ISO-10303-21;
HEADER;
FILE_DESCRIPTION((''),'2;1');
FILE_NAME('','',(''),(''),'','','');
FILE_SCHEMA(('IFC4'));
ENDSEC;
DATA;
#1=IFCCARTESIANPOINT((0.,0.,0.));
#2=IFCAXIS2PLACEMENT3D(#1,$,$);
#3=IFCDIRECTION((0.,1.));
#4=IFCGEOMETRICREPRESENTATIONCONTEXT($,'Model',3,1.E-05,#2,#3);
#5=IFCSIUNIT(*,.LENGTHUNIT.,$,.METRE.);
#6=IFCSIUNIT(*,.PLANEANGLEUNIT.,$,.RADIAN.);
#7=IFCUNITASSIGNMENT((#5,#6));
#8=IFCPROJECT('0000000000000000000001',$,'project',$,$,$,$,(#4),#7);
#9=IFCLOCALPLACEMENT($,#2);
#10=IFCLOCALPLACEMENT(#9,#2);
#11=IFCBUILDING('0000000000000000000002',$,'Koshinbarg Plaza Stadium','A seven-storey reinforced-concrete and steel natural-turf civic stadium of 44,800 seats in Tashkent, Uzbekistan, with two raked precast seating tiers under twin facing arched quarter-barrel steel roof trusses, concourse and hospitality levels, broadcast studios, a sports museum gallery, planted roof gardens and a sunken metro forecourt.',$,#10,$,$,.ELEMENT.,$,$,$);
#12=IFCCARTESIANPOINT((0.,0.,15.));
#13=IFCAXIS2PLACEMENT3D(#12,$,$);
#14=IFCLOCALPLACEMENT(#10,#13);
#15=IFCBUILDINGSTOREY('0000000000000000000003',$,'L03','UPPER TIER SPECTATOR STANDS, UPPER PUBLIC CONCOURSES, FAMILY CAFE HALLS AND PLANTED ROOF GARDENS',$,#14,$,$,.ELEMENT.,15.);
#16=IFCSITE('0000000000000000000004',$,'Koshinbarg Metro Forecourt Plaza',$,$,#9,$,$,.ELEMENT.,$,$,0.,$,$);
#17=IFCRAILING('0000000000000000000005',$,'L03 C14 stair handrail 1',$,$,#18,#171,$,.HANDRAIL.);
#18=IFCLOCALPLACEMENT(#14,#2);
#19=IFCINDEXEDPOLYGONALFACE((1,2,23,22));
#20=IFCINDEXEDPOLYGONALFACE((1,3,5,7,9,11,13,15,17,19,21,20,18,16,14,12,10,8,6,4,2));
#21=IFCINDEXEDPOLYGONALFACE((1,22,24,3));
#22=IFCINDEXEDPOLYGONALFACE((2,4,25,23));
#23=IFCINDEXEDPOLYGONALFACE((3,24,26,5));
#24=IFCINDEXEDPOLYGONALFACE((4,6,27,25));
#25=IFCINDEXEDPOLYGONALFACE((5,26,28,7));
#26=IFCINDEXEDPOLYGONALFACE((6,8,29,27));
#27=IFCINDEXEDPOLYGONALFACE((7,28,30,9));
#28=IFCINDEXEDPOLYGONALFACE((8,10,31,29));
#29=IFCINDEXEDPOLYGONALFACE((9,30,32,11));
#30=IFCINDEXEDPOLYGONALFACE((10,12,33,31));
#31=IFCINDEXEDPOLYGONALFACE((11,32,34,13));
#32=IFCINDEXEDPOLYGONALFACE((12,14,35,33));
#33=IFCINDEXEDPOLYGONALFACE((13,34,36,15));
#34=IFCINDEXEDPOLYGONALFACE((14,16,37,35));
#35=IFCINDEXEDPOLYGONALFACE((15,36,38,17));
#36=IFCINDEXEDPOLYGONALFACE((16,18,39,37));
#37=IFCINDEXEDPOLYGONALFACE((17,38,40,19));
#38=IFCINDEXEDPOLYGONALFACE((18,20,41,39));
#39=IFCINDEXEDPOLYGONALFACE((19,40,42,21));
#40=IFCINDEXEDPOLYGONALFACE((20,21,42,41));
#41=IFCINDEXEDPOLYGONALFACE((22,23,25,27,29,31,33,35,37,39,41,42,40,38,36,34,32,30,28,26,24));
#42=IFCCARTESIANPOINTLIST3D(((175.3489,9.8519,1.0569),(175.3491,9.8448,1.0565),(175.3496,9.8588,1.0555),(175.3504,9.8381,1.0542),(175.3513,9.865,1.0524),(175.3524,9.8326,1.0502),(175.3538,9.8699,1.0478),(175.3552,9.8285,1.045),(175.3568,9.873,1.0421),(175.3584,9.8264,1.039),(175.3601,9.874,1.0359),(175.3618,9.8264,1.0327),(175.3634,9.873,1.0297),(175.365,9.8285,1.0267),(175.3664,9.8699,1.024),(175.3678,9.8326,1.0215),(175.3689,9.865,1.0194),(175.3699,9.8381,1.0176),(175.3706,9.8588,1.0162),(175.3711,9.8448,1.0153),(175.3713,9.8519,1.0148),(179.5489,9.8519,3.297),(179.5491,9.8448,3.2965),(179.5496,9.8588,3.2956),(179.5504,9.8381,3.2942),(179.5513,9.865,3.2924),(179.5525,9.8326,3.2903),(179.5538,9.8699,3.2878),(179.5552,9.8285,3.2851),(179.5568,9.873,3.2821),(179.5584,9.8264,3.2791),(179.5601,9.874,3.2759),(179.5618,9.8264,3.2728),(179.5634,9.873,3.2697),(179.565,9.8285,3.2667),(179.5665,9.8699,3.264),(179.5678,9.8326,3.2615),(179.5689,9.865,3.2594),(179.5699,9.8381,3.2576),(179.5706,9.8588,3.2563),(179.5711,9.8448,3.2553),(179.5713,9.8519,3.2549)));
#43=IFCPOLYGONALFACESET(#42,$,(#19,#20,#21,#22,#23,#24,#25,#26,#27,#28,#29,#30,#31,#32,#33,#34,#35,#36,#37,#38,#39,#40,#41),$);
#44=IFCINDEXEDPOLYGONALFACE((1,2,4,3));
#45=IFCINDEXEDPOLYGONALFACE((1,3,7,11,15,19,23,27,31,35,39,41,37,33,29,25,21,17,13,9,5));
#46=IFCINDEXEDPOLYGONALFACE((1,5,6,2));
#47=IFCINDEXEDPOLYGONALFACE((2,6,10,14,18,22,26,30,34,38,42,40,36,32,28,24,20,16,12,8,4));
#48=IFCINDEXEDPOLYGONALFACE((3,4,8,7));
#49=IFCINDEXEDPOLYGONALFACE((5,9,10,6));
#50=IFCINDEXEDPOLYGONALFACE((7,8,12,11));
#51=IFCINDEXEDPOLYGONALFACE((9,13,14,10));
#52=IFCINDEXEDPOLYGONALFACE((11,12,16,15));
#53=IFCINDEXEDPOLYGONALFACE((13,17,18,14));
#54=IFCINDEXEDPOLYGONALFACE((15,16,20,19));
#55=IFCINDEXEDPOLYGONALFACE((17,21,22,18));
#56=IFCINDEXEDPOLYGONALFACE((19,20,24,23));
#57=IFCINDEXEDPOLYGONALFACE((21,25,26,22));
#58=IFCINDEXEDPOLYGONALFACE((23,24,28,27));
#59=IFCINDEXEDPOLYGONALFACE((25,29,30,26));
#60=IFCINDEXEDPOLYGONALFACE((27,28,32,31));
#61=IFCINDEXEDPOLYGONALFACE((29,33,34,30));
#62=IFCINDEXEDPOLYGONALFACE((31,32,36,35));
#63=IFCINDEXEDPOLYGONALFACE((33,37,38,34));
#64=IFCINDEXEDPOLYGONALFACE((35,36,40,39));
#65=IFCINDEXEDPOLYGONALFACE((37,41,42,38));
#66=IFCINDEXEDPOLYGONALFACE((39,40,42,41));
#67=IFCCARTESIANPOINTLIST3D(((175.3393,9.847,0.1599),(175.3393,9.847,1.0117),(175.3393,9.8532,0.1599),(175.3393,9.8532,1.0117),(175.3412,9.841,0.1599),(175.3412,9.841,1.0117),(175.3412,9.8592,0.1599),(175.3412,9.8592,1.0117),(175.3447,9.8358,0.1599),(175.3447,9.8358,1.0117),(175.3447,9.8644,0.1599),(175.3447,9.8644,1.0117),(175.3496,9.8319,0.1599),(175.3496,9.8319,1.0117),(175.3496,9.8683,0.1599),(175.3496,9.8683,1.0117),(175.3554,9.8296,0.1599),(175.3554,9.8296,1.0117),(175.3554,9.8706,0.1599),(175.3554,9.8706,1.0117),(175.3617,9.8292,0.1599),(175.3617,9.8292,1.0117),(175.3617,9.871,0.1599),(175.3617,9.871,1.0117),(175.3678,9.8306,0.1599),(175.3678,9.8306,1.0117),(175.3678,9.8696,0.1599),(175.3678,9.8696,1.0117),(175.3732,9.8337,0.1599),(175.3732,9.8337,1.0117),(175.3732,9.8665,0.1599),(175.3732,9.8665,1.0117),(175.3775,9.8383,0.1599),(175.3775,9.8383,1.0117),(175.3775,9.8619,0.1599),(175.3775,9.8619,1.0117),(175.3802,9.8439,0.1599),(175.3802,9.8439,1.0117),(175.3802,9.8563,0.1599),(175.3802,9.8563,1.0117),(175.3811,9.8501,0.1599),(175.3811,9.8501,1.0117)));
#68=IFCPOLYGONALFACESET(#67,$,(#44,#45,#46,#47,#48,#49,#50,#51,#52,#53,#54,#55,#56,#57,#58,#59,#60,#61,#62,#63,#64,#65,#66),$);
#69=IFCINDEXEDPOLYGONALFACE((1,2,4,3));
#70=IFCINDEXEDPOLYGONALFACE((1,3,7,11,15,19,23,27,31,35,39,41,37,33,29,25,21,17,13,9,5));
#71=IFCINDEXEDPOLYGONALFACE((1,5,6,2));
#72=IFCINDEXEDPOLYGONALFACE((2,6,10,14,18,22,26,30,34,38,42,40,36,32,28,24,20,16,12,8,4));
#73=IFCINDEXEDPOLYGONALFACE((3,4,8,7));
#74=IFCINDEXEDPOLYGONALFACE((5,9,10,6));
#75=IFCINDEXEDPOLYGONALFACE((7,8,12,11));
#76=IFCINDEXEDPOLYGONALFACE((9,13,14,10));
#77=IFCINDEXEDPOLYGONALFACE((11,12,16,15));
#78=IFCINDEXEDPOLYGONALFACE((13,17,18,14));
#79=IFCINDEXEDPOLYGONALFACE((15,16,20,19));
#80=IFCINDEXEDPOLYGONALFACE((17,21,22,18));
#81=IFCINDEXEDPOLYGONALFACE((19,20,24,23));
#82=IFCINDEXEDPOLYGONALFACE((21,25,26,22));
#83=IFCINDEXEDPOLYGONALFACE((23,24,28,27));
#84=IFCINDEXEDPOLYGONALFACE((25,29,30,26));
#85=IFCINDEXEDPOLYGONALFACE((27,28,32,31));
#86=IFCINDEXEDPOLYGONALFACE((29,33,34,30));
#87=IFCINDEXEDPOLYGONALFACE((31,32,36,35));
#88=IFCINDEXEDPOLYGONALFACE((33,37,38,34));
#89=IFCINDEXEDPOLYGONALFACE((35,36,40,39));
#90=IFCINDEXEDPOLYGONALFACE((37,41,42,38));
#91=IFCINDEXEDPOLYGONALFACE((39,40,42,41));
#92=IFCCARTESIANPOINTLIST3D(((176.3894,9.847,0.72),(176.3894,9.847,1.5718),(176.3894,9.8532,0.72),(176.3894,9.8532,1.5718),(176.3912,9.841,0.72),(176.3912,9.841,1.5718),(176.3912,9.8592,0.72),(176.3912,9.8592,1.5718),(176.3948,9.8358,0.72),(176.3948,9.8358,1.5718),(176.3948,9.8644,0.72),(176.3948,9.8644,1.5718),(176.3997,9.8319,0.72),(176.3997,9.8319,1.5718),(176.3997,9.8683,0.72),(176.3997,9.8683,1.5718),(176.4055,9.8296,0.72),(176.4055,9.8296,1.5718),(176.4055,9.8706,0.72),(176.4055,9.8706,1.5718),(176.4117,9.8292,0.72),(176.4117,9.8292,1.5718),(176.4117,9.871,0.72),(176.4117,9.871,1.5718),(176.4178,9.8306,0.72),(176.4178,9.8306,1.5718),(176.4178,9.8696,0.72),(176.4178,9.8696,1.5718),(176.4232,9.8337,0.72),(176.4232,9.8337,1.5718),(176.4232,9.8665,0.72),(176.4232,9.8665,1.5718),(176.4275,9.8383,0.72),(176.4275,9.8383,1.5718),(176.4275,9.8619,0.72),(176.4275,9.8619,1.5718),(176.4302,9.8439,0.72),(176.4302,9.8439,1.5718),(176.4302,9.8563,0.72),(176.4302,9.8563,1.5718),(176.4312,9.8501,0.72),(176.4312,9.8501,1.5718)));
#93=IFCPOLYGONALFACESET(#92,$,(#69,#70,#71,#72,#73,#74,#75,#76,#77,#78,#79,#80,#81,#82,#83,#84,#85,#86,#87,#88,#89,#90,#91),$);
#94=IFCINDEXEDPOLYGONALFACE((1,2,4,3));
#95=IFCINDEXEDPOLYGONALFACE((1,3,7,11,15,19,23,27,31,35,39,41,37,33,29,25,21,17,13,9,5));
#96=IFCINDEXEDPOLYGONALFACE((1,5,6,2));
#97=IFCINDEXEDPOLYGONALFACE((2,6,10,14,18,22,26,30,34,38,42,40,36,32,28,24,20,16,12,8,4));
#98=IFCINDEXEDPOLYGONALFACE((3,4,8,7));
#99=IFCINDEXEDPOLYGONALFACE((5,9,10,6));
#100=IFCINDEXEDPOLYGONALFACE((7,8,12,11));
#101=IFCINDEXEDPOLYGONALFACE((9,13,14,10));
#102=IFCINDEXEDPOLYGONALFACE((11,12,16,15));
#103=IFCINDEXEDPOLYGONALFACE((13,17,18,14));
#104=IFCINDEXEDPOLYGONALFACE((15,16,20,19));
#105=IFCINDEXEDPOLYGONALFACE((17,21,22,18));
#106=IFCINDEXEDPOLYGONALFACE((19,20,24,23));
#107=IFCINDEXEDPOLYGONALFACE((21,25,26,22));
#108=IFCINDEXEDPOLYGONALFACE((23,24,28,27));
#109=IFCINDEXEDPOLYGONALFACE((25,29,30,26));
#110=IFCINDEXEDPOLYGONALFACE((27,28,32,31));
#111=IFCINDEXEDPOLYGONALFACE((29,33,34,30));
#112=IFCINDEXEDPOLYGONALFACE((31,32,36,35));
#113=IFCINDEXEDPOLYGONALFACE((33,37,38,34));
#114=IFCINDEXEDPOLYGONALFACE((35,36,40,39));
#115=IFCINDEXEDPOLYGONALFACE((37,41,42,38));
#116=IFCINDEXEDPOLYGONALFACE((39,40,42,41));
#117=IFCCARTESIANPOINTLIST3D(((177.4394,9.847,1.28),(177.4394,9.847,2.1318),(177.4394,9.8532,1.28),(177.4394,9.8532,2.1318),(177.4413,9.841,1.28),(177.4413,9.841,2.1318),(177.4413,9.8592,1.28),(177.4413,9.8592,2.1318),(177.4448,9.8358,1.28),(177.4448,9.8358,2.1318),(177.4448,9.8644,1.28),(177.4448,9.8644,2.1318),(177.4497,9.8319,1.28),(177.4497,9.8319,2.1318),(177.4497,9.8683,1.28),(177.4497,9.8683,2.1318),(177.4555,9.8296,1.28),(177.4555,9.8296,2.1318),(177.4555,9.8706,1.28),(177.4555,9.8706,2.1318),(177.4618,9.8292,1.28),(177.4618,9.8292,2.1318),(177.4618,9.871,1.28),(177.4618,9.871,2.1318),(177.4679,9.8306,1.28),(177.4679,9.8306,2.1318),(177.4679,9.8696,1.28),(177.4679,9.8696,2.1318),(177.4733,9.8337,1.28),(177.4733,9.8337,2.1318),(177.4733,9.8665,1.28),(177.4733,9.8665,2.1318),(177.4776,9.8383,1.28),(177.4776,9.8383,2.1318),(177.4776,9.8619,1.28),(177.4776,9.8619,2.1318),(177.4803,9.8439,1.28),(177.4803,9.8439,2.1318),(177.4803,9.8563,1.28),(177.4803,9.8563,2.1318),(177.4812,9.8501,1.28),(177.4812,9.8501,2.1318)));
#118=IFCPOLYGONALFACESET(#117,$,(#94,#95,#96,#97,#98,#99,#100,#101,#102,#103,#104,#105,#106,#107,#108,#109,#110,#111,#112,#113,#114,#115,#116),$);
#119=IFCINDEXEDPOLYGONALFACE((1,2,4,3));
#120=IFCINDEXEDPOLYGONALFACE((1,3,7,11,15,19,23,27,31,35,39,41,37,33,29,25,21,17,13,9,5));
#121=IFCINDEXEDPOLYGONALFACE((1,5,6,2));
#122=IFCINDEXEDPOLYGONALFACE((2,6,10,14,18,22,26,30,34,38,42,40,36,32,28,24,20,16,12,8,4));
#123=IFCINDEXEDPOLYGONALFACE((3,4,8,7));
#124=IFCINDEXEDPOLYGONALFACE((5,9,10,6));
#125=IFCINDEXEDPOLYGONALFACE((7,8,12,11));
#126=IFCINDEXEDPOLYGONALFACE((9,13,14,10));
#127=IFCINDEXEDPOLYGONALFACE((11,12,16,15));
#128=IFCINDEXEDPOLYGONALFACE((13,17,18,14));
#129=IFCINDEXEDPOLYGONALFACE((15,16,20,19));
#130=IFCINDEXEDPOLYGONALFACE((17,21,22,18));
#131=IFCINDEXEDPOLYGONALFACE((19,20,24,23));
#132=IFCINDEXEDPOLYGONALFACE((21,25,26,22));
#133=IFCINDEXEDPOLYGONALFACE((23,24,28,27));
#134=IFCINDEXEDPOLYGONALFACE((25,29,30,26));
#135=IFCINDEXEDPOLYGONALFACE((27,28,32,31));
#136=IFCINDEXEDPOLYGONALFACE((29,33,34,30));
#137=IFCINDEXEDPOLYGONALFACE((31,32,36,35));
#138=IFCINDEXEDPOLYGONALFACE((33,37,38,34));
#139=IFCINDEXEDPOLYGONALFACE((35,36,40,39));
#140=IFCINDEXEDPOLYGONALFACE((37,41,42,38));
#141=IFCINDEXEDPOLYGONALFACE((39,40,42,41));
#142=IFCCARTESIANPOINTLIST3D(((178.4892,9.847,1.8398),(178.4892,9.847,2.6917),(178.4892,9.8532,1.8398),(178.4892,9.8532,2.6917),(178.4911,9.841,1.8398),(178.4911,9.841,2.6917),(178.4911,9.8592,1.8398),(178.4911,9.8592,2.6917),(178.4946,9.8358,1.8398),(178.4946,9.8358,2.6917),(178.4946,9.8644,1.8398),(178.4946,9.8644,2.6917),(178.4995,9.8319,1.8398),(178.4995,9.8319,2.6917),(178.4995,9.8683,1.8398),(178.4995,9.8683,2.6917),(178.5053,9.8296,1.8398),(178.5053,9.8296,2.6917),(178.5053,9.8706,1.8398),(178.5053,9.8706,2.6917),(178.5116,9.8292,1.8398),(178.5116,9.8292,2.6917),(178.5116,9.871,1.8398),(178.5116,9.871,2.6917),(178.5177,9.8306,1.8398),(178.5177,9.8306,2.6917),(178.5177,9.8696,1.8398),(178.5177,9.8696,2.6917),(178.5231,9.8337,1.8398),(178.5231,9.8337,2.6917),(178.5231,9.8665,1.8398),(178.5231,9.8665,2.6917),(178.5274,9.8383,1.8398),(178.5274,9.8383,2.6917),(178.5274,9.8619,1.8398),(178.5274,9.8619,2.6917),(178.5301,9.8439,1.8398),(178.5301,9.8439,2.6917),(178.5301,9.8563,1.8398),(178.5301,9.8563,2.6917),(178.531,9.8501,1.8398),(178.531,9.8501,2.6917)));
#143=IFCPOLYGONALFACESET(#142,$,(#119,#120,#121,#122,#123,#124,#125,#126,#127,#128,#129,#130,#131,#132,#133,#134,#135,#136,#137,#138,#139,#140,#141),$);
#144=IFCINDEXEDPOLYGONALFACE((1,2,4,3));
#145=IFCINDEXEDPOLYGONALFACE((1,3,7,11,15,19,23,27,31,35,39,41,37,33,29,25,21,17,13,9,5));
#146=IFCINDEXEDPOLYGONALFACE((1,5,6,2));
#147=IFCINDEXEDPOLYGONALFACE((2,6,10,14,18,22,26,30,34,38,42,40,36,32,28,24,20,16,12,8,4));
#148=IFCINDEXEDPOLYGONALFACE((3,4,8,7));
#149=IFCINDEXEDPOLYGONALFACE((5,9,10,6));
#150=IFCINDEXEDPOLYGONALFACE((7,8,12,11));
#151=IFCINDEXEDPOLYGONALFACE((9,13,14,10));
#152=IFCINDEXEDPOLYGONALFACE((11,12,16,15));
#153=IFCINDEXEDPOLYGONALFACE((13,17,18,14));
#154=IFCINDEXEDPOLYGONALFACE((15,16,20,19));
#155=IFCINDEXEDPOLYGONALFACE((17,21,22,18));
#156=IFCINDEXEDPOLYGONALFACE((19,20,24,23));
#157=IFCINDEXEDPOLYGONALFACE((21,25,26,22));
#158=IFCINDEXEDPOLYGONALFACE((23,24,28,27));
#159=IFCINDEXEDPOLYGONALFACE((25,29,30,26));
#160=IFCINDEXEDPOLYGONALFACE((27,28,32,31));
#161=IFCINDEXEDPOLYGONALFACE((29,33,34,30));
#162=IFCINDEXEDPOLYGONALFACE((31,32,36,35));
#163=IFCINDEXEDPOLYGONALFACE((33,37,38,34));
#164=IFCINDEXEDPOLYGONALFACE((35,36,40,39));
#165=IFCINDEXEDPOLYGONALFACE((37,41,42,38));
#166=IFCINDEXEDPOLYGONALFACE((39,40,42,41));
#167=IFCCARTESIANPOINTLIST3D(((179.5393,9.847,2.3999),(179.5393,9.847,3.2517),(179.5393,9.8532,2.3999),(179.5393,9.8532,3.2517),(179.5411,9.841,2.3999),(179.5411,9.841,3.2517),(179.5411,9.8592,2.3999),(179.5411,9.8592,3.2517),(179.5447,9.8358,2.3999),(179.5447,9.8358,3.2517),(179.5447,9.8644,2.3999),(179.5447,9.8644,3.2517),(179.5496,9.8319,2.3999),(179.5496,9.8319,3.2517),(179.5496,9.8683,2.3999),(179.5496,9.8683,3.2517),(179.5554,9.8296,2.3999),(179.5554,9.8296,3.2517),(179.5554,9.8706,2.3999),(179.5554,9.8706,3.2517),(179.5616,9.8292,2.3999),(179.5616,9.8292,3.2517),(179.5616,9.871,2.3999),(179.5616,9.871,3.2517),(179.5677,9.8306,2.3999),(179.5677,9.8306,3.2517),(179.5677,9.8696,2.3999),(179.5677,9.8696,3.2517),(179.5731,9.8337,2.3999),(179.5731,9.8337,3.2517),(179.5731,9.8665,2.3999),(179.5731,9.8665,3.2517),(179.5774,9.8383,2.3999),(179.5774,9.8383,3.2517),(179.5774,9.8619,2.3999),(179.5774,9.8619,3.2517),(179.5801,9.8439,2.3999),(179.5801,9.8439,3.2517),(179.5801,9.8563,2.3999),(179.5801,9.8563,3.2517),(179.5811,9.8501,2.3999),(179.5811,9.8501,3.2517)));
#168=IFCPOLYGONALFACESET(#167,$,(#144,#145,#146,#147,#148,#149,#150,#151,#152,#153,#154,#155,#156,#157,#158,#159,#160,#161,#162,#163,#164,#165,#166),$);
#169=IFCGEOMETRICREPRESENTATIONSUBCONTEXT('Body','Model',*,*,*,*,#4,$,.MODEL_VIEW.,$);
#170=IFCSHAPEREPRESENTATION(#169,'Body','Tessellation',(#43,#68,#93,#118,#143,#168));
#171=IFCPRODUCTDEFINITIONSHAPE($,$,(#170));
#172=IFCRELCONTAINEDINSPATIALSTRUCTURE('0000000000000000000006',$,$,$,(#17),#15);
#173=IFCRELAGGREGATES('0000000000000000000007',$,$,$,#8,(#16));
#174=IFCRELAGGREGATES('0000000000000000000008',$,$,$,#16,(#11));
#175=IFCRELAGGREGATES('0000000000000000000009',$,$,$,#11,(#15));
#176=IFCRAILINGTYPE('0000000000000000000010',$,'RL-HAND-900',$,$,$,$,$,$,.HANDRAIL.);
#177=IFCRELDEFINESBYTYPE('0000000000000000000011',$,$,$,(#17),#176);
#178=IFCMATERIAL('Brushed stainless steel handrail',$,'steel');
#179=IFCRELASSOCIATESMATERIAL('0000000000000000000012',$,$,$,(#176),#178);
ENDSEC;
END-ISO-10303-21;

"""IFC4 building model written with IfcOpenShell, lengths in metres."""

from ifc_helpers import new_model, si_unit, direction, frame, origin, origin_2d, place, context, subcontext, project, spatial, circle, extrude, material, type_object, element, save


model = new_model("IFC4")

# Units and contexts
model_context = context("Model", 3, precision=1e-05, world=origin(), true_north=direction((0.0, 1.0)))
body_context = subcontext(model_context, "Body", "Model", "MODEL_VIEW")
ifc_project = project(units=[si_unit("LENGTHUNIT", "METRE"), si_unit("PLANEANGLEUNIT", "RADIAN")], contexts=[model_context])

# Site, building, storey
site_placement = place(None, origin())
site = spatial("IfcSite", under=ifc_project, at=site_placement, Name="Koshinbarg Metro Forecourt Plaza", CompositionType="ELEMENT", RefElevation=0.0)
building_placement = place(site_placement, origin())
building = spatial("IfcBuilding", under=site, at=building_placement, Name="Koshinbarg Plaza Stadium", Description="A seven-storey reinforced-concrete and steel natural-turf civic stadium of 44,800 seats in Tashkent, Uzbekistan, with two raked precast seating tiers under twin facing arched quarter-barrel steel roof trusses, concourse and hospitality levels, broadcast studios, a sports museum gallery, planted roof gardens and a sunken metro forecourt.", CompositionType="ELEMENT")
storey_placement = place(building_placement, frame((0.0, 0.0, 15.0)))
storey = spatial("IfcBuildingStorey", under=building, at=storey_placement, Name="L03", Description="UPPER TIER SPECTATOR STANDS, UPPER PUBLIC CONCOURSES, FAMILY CAFE HALLS AND PLANTED ROOF GARDENS", CompositionType="ELEMENT", Elevation=15.0)

# Railing
ifc_material_1 = material(Name="Brushed stainless steel handrail", Category="steel")
railing_type_1 = type_object("IfcRailingType", Name="RL-HAND-900", PredefinedType="HANDRAIL", material=ifc_material_1)
railing_1_placement = place(storey_placement, frame((175.3601, 9.8501, 0.1599)))
element("IfcRailing", 1, at=railing_1_placement, inside=storey, type_object=railing_type_1, Name="L03 C14 stair handrail 1", PredefinedType="HANDRAIL", context=body_context, shape_type="SweptSolid", body=[
    extrude(circle(Radius=0.0239, at=origin_2d()), frame((0.0, 0.0, 0.876), z_axis=(0.882352, 0.0, 0.470591), x_axis=(0.0, 1.0, 0.0)), (0.0, 0.0, 1.0), 4.76),
    extrude(circle(Radius=0.021, at=origin_2d()), origin(), (0.0, 0.0, 1.0), 0.8518),
    extrude(circle(Radius=0.021, at=origin_2d()), frame((1.05, 0.0, 0.5601)), (0.0, 0.0, 1.0), 0.8518),
    extrude(circle(Radius=0.021, at=origin_2d()), frame((2.1001, 0.0, 1.1201)), (0.0, 0.0, 1.0), 0.8518),
    extrude(circle(Radius=0.021, at=origin_2d()), frame((3.1499, 0.0, 1.6799)), (0.0, 0.0, 1.0), 0.8518),
    extrude(circle(Radius=0.021, at=origin_2d()), frame((4.2, 0.0, 2.24)), (0.0, 0.0, 1.0), 0.8518),
])

save(model, "model.ifc")
